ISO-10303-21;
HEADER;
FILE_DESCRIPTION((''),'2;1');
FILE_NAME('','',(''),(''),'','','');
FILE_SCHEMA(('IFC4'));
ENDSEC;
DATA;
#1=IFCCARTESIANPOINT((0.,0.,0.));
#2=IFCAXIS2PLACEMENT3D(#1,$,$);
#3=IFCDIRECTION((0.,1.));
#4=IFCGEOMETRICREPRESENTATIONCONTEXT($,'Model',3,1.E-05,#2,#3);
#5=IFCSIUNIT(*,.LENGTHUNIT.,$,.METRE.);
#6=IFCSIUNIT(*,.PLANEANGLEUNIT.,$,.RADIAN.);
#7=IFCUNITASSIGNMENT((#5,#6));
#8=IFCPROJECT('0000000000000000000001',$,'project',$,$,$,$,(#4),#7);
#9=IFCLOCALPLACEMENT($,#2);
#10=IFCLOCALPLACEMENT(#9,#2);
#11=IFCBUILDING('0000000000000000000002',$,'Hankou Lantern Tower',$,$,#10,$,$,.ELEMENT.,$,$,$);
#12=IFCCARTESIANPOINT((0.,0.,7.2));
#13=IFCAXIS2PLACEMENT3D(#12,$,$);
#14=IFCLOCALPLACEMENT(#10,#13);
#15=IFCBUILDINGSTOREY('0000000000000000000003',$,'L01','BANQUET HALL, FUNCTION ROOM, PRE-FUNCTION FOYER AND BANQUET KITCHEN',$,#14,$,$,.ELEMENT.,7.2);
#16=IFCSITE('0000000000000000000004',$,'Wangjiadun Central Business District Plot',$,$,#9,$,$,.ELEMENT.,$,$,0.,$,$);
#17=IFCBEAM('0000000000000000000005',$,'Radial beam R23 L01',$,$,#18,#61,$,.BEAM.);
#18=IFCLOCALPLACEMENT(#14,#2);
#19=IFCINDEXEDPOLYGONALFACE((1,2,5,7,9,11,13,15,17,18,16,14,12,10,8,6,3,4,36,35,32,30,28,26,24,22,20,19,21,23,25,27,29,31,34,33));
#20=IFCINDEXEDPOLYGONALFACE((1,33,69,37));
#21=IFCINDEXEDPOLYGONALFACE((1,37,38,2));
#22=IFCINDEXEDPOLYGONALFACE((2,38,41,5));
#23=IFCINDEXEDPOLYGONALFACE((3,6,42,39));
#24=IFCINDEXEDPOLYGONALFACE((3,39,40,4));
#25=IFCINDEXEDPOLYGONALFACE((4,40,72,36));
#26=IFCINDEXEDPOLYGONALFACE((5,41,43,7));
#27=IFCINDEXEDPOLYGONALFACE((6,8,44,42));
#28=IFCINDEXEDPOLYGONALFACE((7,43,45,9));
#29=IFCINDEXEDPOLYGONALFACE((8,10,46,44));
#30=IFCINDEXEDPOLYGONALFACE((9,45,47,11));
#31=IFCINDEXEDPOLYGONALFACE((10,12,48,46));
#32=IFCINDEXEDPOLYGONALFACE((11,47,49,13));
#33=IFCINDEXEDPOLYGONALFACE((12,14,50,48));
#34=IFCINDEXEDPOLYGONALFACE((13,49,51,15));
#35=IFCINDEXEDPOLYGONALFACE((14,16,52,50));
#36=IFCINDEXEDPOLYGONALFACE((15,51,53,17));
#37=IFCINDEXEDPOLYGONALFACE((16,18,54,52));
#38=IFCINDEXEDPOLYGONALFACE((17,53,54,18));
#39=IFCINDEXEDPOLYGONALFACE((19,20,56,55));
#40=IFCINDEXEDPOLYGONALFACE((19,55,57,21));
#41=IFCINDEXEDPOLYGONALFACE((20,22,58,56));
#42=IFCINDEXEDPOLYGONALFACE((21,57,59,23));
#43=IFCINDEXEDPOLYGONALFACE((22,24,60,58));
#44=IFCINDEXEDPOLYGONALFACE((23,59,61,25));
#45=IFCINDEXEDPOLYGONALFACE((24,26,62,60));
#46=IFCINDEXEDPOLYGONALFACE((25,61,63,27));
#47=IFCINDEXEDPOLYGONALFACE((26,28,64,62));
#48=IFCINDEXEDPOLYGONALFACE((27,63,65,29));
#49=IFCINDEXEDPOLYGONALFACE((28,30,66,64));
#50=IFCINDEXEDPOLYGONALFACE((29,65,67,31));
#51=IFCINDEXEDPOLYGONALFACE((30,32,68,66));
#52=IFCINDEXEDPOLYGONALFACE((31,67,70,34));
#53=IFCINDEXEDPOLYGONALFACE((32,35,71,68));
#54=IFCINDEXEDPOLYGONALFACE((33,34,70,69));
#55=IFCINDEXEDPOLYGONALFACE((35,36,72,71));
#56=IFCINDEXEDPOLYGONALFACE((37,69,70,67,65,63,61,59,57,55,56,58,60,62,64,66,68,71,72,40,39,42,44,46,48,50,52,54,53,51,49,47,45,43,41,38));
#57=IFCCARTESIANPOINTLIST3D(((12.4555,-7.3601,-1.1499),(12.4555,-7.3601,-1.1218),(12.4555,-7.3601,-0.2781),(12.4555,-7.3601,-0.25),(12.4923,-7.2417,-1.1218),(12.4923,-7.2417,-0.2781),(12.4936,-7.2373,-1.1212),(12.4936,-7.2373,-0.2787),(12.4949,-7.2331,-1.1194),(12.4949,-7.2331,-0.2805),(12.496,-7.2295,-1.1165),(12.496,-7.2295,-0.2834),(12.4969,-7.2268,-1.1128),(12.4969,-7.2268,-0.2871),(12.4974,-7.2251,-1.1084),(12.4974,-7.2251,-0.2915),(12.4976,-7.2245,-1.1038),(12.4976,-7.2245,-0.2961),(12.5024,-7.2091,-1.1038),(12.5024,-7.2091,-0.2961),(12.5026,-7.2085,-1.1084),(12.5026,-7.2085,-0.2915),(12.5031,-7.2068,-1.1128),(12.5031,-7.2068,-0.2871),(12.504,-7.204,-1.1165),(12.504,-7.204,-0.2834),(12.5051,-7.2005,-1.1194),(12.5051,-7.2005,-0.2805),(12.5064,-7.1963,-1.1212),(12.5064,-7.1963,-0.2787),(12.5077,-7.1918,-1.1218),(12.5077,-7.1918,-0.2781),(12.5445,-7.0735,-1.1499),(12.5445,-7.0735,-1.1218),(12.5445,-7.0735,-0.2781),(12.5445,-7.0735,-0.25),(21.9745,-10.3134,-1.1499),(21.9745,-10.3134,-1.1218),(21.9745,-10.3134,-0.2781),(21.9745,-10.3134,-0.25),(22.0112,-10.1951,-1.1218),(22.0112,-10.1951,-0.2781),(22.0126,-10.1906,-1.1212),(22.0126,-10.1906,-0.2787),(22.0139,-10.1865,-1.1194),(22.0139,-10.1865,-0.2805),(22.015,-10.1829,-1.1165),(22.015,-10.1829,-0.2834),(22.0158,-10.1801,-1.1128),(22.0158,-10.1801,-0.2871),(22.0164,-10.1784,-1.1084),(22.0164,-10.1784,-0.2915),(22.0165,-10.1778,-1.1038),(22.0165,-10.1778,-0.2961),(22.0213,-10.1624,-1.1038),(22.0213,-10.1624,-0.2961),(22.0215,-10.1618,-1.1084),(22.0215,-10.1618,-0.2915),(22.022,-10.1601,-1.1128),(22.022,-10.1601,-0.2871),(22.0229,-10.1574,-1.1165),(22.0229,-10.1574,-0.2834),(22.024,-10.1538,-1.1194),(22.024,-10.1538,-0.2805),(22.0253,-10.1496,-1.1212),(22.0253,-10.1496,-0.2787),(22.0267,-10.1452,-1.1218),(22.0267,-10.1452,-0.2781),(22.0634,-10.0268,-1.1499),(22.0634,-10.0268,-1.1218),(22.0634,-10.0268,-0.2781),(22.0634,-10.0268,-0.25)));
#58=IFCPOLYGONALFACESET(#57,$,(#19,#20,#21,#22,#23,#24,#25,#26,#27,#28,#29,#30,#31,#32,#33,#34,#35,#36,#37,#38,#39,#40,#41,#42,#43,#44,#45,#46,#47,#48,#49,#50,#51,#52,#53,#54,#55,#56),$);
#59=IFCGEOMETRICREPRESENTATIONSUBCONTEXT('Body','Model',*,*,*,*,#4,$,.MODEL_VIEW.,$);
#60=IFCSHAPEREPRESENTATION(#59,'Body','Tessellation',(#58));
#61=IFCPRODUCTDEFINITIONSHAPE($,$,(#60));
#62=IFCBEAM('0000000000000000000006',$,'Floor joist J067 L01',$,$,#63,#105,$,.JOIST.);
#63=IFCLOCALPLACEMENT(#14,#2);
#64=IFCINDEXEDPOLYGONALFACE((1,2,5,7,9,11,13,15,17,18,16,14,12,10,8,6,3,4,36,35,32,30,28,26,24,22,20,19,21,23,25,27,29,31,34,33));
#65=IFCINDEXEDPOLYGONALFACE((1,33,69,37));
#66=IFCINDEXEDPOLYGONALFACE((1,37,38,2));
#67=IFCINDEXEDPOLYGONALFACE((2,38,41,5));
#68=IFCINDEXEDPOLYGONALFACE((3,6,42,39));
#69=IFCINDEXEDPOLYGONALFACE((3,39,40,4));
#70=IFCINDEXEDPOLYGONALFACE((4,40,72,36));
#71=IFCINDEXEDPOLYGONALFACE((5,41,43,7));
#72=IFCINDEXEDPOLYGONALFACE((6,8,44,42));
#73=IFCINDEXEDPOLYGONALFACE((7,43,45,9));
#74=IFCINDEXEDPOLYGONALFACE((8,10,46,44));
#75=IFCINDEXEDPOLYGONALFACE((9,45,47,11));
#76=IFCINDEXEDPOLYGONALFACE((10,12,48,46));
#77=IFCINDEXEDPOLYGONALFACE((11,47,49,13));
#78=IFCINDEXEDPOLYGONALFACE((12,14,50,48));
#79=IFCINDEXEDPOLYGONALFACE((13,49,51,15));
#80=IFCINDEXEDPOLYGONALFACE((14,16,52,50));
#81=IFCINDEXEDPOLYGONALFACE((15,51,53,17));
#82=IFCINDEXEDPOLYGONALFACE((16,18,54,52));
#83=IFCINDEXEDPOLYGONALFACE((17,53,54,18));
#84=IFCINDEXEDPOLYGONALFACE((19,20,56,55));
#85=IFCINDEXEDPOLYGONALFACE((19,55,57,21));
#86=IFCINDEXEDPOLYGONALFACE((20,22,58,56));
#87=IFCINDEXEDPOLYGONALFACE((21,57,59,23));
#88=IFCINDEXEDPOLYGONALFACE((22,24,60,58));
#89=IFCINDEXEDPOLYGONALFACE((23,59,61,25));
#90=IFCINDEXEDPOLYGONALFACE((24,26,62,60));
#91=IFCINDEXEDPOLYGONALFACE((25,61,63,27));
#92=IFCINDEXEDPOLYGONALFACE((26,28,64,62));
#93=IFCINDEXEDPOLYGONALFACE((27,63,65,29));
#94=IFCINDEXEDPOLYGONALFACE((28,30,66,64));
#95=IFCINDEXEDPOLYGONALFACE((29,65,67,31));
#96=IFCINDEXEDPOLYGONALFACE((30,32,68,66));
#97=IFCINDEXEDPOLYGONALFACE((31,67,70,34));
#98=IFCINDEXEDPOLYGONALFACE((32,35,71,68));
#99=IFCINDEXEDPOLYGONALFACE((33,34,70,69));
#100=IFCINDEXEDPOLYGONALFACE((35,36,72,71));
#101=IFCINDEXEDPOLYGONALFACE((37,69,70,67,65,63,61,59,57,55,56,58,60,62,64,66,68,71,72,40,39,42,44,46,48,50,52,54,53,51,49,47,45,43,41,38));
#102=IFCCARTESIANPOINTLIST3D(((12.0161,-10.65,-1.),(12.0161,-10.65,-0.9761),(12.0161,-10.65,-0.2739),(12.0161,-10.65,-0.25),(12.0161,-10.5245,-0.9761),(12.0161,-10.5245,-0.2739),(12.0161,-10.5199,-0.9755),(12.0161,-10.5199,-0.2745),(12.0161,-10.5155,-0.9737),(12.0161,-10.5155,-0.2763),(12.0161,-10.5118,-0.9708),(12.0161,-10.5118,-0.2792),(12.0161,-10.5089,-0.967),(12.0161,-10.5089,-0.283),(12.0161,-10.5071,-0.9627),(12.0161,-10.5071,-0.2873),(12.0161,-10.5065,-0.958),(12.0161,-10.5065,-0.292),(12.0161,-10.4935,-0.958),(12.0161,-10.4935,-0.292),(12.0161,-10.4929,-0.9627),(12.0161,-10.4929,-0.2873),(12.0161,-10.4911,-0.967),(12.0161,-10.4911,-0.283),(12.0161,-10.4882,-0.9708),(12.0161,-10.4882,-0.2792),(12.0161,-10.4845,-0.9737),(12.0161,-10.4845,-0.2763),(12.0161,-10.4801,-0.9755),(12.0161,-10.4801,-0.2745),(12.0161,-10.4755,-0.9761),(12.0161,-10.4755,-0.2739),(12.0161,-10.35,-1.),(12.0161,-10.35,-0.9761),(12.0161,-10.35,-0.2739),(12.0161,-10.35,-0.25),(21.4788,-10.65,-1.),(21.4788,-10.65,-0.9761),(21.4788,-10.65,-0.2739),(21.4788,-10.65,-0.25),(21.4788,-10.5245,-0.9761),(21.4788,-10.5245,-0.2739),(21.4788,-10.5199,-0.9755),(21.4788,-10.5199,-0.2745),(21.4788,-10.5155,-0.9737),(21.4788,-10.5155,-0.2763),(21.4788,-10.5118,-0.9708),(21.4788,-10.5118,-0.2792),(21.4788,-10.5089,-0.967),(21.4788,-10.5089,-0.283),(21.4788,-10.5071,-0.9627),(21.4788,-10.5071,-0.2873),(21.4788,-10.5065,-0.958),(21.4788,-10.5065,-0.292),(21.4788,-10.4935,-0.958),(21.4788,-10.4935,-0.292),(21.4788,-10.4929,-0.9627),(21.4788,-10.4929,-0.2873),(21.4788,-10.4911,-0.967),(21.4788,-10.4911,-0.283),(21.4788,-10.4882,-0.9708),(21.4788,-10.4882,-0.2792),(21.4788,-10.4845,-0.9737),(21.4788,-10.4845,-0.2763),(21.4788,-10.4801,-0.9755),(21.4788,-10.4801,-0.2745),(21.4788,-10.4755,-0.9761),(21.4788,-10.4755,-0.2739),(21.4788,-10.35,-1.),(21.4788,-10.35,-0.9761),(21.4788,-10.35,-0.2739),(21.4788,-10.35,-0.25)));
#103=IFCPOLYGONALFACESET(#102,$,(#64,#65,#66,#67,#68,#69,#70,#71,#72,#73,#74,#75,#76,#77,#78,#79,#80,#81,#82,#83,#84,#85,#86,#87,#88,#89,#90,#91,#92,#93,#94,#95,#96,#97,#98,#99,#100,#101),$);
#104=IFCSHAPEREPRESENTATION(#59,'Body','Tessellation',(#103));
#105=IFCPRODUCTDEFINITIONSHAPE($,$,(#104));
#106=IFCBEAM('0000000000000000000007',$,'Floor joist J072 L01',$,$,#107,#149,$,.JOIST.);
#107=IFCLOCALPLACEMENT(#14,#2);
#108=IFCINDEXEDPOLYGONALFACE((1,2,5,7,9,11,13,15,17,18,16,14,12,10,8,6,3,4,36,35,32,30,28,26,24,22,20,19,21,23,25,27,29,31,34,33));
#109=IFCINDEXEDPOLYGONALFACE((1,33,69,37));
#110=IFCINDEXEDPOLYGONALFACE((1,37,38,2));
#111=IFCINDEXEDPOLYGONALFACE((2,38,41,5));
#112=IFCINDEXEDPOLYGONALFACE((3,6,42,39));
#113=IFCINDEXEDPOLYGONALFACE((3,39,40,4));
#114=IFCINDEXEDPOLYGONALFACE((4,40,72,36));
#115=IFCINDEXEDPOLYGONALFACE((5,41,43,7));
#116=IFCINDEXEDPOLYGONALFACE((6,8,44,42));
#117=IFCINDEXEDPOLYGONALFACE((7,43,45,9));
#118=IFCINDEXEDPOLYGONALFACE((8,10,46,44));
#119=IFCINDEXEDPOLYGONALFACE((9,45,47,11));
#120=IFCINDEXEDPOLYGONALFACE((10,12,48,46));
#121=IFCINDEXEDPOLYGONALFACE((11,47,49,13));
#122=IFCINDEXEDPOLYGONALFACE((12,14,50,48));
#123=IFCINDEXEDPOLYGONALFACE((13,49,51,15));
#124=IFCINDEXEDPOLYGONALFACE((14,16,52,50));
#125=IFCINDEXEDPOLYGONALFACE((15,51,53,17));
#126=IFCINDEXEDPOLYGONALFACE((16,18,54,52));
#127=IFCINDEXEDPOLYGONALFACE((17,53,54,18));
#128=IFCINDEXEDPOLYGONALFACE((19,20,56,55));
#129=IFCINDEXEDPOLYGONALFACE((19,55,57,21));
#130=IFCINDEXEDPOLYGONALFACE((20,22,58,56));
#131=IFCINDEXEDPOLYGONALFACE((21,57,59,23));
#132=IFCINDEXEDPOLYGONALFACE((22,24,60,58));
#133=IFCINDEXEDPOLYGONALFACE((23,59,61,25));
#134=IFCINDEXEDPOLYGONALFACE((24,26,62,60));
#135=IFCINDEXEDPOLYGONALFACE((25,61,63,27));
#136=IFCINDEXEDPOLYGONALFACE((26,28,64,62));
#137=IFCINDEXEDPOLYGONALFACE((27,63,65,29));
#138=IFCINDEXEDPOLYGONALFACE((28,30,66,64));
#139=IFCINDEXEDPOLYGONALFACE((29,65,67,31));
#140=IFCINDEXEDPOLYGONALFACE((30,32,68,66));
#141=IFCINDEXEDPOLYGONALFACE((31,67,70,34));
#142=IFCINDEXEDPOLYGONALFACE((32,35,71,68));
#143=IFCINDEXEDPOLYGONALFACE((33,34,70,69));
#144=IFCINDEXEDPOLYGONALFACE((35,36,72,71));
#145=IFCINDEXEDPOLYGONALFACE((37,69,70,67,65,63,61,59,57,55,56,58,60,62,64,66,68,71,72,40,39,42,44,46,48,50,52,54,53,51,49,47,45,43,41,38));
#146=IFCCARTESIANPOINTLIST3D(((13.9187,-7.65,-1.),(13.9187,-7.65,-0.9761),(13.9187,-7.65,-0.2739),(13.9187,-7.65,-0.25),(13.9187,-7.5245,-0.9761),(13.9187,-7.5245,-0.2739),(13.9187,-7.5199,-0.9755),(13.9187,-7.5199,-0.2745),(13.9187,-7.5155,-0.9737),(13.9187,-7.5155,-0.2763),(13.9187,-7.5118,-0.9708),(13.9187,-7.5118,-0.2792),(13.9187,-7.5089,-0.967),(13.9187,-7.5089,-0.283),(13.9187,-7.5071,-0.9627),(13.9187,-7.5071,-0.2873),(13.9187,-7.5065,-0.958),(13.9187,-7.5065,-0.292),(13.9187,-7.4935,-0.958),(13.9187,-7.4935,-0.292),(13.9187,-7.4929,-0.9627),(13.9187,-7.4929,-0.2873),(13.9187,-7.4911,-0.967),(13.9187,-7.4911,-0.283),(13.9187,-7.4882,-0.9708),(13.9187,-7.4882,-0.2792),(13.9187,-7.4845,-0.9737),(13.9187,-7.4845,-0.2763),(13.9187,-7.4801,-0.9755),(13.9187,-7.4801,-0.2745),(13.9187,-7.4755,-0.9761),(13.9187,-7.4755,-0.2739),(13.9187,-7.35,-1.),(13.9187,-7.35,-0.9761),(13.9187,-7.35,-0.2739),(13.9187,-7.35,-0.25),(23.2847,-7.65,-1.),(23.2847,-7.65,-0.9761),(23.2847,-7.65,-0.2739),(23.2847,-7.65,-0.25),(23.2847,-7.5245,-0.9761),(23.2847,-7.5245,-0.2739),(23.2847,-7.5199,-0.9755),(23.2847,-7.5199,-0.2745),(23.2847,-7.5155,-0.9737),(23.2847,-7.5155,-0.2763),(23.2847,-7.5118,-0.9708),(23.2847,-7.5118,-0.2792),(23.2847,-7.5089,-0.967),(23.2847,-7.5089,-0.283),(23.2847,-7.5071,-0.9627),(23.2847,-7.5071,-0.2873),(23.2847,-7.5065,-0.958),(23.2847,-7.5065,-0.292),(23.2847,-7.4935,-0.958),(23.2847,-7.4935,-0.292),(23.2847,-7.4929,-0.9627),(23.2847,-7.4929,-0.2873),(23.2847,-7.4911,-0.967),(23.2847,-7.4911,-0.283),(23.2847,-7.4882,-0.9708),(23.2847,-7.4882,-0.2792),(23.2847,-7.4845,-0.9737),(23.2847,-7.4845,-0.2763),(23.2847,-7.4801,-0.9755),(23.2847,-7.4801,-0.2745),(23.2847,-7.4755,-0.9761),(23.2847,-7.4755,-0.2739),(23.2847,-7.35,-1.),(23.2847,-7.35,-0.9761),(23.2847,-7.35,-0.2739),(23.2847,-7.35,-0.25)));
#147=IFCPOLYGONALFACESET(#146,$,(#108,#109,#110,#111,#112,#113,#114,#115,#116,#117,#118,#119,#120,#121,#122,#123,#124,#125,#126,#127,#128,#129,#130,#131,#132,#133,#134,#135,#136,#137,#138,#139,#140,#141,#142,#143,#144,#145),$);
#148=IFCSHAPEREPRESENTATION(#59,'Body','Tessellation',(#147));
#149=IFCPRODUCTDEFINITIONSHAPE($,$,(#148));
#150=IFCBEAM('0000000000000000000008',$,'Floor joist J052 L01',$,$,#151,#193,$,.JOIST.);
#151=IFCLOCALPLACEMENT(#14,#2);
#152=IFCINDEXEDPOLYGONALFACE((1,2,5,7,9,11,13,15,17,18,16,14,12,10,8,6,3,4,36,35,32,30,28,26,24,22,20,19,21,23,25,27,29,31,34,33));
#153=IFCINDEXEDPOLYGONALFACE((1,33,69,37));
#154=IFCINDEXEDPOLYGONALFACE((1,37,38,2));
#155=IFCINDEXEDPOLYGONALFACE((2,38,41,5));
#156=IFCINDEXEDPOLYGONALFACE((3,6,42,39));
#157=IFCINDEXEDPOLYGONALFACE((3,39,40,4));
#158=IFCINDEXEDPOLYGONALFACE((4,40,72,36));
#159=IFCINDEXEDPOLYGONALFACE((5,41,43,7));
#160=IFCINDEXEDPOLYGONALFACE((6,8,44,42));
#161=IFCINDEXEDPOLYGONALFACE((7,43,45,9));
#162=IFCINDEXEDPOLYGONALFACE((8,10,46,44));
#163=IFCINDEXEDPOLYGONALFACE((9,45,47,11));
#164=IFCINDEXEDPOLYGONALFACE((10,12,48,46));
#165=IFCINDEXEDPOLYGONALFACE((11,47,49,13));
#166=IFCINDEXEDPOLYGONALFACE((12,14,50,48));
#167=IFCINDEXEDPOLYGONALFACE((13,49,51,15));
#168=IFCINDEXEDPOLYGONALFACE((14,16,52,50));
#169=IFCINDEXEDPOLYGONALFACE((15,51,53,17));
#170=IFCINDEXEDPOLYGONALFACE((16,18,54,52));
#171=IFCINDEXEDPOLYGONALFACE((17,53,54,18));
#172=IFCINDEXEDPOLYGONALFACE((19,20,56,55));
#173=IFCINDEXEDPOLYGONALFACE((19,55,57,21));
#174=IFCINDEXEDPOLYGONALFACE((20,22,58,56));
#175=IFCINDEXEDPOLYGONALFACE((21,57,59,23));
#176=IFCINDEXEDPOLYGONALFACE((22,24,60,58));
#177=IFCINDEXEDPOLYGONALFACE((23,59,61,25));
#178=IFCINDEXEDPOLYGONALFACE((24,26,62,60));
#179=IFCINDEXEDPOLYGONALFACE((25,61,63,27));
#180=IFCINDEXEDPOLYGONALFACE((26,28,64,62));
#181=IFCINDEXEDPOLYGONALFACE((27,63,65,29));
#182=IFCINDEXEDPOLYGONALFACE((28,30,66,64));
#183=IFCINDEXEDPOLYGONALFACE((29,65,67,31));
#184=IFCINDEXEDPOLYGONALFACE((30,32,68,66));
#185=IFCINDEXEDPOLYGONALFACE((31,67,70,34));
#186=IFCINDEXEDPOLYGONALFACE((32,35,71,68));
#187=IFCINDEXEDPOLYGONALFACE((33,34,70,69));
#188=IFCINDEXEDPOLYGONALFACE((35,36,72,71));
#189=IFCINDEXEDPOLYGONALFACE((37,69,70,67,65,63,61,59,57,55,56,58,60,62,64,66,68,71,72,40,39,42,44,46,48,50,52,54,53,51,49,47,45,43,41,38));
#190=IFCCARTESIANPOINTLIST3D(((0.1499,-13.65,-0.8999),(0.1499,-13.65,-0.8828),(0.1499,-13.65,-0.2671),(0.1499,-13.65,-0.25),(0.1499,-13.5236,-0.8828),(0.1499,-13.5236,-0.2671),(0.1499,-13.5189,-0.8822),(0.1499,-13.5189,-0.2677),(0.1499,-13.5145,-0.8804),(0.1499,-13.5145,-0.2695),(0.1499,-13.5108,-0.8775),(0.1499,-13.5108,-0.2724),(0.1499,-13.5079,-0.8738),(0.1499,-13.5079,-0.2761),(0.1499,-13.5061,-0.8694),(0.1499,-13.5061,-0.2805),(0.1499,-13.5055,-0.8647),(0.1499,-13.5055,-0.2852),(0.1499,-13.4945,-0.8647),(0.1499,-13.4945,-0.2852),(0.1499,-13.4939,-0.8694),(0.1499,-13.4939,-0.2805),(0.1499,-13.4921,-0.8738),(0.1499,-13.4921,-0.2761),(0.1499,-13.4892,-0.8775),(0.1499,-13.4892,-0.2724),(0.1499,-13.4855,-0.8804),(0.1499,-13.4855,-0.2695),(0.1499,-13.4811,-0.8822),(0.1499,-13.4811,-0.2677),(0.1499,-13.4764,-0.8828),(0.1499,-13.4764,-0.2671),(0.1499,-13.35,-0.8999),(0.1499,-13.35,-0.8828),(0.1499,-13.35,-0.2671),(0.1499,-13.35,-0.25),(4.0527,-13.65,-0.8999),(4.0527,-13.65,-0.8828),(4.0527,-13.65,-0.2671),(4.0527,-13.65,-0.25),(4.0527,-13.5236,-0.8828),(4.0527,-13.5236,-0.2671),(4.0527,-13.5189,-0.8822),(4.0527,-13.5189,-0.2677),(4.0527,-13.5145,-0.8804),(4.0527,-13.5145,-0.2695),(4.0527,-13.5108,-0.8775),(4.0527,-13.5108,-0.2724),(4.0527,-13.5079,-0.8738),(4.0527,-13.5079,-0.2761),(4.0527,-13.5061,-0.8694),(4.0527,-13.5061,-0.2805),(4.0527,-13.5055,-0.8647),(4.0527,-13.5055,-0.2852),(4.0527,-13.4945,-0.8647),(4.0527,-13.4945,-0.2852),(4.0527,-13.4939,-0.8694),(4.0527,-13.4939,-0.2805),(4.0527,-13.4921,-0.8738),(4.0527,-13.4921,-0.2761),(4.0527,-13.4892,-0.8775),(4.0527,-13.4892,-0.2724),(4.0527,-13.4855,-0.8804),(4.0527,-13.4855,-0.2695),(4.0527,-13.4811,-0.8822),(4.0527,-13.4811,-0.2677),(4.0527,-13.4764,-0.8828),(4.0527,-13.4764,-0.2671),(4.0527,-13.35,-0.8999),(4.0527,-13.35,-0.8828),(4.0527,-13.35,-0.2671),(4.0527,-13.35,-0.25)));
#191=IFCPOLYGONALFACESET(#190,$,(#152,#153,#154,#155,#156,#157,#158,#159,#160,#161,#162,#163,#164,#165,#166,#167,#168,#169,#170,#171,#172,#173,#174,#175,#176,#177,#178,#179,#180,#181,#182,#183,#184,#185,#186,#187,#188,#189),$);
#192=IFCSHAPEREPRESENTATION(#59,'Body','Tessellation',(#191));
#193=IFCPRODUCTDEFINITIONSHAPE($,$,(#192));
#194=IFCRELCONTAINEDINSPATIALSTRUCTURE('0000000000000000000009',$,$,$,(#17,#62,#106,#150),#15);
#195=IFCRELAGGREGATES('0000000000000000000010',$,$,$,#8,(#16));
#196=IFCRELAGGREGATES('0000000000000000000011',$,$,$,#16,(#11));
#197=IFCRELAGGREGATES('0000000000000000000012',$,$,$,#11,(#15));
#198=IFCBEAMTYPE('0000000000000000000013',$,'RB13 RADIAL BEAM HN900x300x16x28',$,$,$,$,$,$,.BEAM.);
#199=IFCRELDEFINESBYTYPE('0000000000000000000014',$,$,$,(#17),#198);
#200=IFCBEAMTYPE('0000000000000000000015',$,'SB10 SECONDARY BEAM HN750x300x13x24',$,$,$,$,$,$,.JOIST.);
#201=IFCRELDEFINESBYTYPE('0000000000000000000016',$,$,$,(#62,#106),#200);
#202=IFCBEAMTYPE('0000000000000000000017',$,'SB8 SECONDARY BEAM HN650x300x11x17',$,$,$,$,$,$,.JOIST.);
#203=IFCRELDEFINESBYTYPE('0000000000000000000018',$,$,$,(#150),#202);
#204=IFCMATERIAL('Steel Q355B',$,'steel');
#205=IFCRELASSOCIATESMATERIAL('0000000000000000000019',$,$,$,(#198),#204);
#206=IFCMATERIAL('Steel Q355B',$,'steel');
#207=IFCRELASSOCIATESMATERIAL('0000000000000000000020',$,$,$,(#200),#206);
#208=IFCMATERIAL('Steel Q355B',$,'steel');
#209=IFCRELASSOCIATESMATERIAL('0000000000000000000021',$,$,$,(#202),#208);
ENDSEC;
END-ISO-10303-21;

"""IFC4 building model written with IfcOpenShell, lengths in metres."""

from ifc_helpers import new_model, si_unit, direction, frame, origin, origin_2d, place, context, subcontext, project, spatial, i_section, extrude, material, material_profile, profile_set, type_object, element, save


model = new_model("IFC4")

# Units and contexts
model_context = context("Model", 3, precision=1e-05, world=origin(), true_north=direction((0.0, 1.0)))
body_context = subcontext(model_context, "Body", "Model", "MODEL_VIEW")
ifc_project = project(units=[si_unit("LENGTHUNIT", "METRE"), si_unit("PLANEANGLEUNIT", "RADIAN")], contexts=[model_context])

# Site, building, storey
site_placement = place(None, origin())
site = spatial("IfcSite", under=ifc_project, at=site_placement, Name="Wangjiadun Central Business District Plot", CompositionType="ELEMENT", RefElevation=0.0)
building_placement = place(site_placement, origin())
building = spatial("IfcBuilding", under=site, at=building_placement, Name="Hankou Lantern Tower", CompositionType="ELEMENT")
storey_placement = place(building_placement, frame((0.0, 0.0, 7.2)))
storey = spatial("IfcBuildingStorey", under=building, at=storey_placement, Name="L01", Description="BANQUET HALL, FUNCTION ROOM, PRE-FUNCTION FOYER AND BANQUET KITCHEN", CompositionType="ELEMENT", Elevation=7.2)

# Beams
ifc_material_1 = material(Name="Steel Q355B", Category="steel")
ifc_material_profile_1 = material_profile(ifc_material_1, i_section(OverallWidth=0.3, OverallDepth=0.8999, WebThickness=0.0161, FlangeThickness=0.0281, FilletRadius=0.0181, at=origin_2d()), Name="HN900x300x16x28")
ifc_profile_set_1 = profile_set([ifc_material_profile_1], Name="Steel Q355B")
beam_type_1 = type_object("IfcBeamType", Name="RB13 RADIAL BEAM HN900x300x16x28", PredefinedType="BEAM", material=ifc_profile_set_1)
beam_1_placement = place(storey_placement, frame((12.5, -7.2168, -0.7), z_axis=(0.955087, -0.296324, 0.0), x_axis=(0.296324, 0.955087, 0.0)))
element("IfcBeam", 1, at=beam_1_placement, inside=storey, type_object=beam_type_1, Name="Radial beam R23 L01", PredefinedType="BEAM", context=body_context, shape_type="SweptSolid", body=[
    extrude(i_section(OverallWidth=0.3, OverallDepth=0.8999, WebThickness=0.0161, FlangeThickness=0.0281, FilletRadius=0.0181, at=origin_2d()), origin(), (0.0, 0.0, 1.0), 9.9666),
])
ifc_material_2 = material(Name="Steel Q355B", Category="steel")
ifc_material_profile_2 = material_profile(ifc_material_2, i_section(OverallWidth=0.3, OverallDepth=0.75, WebThickness=0.0129, FlangeThickness=0.0239, FilletRadius=0.0181, at=origin_2d()), Name="HN750x300x13x24")
ifc_profile_set_2 = profile_set([ifc_material_profile_2], Name="Steel Q355B")
beam_type_2 = type_object("IfcBeamType", Name="SB10 SECONDARY BEAM HN750x300x13x24", PredefinedType="JOIST", material=ifc_profile_set_2)
beam_2_placement = place(storey_placement, frame((12.0161, -10.5, -0.625), z_axis=(1.0, 0.0, 0.0), x_axis=(0.0, 1.0, 0.0)))
element("IfcBeam", 2, at=beam_2_placement, inside=storey, type_object=beam_type_2, Name="Floor joist J067 L01", PredefinedType="JOIST", context=body_context, shape_type="SweptSolid", body=[
    extrude(i_section(OverallWidth=0.3, OverallDepth=0.75, WebThickness=0.0129, FlangeThickness=0.0239, FilletRadius=0.0181, at=origin_2d()), origin(), (0.0, 0.0, 1.0), 9.4626),
])
beam_3_placement = place(storey_placement, frame((13.9187, -7.5, -0.625), z_axis=(1.0, 0.0, 0.0), x_axis=(0.0, 1.0, 0.0)))
element("IfcBeam", 3, at=beam_3_placement, inside=storey, type_object=beam_type_2, Name="Floor joist J072 L01", PredefinedType="JOIST", context=body_context, shape_type="SweptSolid", body=[
    extrude(i_section(OverallWidth=0.3, OverallDepth=0.75, WebThickness=0.0129, FlangeThickness=0.0239, FilletRadius=0.0181, at=origin_2d()), origin(), (0.0, 0.0, 1.0), 9.366),
])
ifc_material_3 = material(Name="Steel Q355B", Category="steel")
ifc_material_profile_3 = material_profile(ifc_material_3, i_section(OverallWidth=0.3, OverallDepth=0.6499, WebThickness=0.011, FlangeThickness=0.0171, FilletRadius=0.0181, at=origin_2d()), Name="HN650x300x11x17")
ifc_profile_set_3 = profile_set([ifc_material_profile_3], Name="Steel Q355B")
beam_type_3 = type_object("IfcBeamType", Name="SB8 SECONDARY BEAM HN650x300x11x17", PredefinedType="JOIST", material=ifc_profile_set_3)
beam_4_placement = place(storey_placement, frame((0.1499, -13.5, -0.575), z_axis=(1.0, 0.0, 0.0), x_axis=(0.0, 1.0, 0.0)))
element("IfcBeam", 4, at=beam_4_placement, inside=storey, type_object=beam_type_3, Name="Floor joist J052 L01", PredefinedType="JOIST", context=body_context, shape_type="SweptSolid", body=[
    extrude(i_section(OverallWidth=0.3, OverallDepth=0.6499, WebThickness=0.011, FlangeThickness=0.0171, FilletRadius=0.0181, at=origin_2d()), origin(), (0.0, 0.0, 1.0), 3.9028),
])

save(model, "model.ifc")
